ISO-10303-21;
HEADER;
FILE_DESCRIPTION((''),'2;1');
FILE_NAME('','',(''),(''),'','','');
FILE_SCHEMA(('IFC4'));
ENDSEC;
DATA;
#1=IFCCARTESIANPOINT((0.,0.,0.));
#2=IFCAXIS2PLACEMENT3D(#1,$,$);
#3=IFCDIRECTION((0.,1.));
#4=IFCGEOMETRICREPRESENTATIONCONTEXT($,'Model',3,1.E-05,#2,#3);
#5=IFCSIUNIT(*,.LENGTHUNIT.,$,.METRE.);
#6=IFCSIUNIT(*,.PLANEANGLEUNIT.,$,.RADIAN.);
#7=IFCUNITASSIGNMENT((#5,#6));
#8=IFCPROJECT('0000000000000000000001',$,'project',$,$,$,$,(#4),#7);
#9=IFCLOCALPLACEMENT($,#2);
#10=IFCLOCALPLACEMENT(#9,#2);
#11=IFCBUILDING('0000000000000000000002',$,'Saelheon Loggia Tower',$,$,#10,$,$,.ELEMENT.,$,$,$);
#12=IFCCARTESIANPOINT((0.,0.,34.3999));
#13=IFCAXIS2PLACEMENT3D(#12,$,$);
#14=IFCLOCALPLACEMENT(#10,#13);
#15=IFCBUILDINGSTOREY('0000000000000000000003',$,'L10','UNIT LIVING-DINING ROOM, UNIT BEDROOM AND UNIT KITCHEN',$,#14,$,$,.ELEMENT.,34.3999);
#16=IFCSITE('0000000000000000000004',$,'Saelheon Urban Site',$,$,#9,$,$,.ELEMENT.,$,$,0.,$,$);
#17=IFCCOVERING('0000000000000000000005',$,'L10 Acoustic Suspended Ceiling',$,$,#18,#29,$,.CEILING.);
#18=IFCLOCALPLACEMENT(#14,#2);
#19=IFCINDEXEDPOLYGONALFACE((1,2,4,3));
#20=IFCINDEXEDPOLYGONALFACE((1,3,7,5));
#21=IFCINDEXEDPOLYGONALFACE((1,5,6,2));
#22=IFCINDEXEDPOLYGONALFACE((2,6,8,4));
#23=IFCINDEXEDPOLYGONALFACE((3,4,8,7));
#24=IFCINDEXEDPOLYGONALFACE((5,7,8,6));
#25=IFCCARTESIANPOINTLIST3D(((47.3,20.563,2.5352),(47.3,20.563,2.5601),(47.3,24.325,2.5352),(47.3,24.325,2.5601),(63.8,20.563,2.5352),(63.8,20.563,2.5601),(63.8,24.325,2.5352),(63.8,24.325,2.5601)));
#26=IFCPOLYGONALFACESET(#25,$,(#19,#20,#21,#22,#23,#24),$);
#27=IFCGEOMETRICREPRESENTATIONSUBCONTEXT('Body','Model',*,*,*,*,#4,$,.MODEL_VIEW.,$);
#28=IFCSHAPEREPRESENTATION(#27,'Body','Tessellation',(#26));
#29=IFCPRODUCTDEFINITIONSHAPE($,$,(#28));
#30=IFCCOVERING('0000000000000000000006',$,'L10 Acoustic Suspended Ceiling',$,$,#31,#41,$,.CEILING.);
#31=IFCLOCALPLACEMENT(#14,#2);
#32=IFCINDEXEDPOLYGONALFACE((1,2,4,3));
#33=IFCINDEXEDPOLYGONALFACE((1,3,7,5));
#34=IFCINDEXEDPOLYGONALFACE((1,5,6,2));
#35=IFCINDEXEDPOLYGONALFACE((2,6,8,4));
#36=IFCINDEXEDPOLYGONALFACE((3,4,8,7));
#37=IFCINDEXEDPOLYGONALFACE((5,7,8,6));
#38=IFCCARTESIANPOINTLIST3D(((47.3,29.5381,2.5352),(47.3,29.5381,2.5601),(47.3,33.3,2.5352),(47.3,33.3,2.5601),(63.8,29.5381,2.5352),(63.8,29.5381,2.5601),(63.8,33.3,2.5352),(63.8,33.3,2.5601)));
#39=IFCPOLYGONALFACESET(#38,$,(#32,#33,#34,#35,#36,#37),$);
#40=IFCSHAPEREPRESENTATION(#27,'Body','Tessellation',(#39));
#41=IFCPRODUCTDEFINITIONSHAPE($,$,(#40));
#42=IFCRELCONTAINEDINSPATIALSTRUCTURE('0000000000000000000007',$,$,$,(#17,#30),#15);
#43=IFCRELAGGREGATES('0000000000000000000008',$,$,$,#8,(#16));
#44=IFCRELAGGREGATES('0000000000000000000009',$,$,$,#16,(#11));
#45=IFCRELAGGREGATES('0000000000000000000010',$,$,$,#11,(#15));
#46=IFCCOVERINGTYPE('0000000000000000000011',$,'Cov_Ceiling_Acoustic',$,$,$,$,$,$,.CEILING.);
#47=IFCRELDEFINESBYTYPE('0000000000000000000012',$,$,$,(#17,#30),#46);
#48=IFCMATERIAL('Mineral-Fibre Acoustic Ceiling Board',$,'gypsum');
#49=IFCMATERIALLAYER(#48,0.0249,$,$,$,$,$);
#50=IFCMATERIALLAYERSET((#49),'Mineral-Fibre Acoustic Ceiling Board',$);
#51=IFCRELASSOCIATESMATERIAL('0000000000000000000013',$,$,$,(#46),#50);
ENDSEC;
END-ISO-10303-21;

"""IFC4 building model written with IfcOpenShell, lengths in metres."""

from ifc_helpers import new_model, si_unit, direction, frame, origin, place, context, subcontext, project, spatial, polyline, outline, extrude, material, layer, layer_set, type_object, element, save


model = new_model("IFC4")

# Units and contexts
model_context = context("Model", 3, precision=1e-05, world=origin(), true_north=direction((0.0, 1.0)))
body_context = subcontext(model_context, "Body", "Model", "MODEL_VIEW")
ifc_project = project(units=[si_unit("LENGTHUNIT", "METRE"), si_unit("PLANEANGLEUNIT", "RADIAN")], contexts=[model_context])

# Site, building, storey
site_placement = place(None, origin())
site = spatial("IfcSite", under=ifc_project, at=site_placement, Name="Saelheon Urban Site", CompositionType="ELEMENT", RefElevation=0.0)
building_placement = place(site_placement, origin())
building = spatial("IfcBuilding", under=site, at=building_placement, Name="Saelheon Loggia Tower", CompositionType="ELEMENT")
storey_placement = place(building_placement, frame((0.0, 0.0, 34.3999)))
storey = spatial("IfcBuildingStorey", under=building, at=storey_placement, Name="L10", Description="UNIT LIVING-DINING ROOM, UNIT BEDROOM AND UNIT KITCHEN", CompositionType="ELEMENT", Elevation=34.3999)

# Coverings
ifc_material_1 = material(Name="Mineral-Fibre Acoustic Ceiling Board", Category="gypsum")
ifc_layer_1 = layer(ifc_material_1, 0.0249)
ifc_layer_set_1 = layer_set([ifc_layer_1], Name="Mineral-Fibre Acoustic Ceiling Board")
covering_type = type_object("IfcCoveringType", Name="Cov_Ceiling_Acoustic", PredefinedType="CEILING", material=ifc_layer_set_1)
covering_1_placement = place(storey_placement, frame((0.0, 0.0, 2.5352)))
element("IfcCovering", 1, at=covering_1_placement, inside=storey, type_object=covering_type, Name="L10 Acoustic Suspended Ceiling", PredefinedType="CEILING", context=body_context, shape_type="SweptSolid", body=[
    extrude(outline(polyline([(47.3, 20.563), (63.8, 20.563), (63.8, 24.325), (47.3, 24.325), (47.3, 20.563)])), origin(), (0.0, 0.0, 1.0), 0.0249),
])
covering_2_placement = place(storey_placement, frame((0.0, 0.0, 2.5352)))
element("IfcCovering", 2, at=covering_2_placement, inside=storey, type_object=covering_type, Name="L10 Acoustic Suspended Ceiling", PredefinedType="CEILING", context=body_context, shape_type="SweptSolid", body=[
    extrude(outline(polyline([(47.3, 29.5381), (63.8, 29.5381), (63.8, 33.3), (47.3, 33.3), (47.3, 29.5381)])), origin(), (0.0, 0.0, 1.0), 0.0249),
])

save(model, "model.ifc")
